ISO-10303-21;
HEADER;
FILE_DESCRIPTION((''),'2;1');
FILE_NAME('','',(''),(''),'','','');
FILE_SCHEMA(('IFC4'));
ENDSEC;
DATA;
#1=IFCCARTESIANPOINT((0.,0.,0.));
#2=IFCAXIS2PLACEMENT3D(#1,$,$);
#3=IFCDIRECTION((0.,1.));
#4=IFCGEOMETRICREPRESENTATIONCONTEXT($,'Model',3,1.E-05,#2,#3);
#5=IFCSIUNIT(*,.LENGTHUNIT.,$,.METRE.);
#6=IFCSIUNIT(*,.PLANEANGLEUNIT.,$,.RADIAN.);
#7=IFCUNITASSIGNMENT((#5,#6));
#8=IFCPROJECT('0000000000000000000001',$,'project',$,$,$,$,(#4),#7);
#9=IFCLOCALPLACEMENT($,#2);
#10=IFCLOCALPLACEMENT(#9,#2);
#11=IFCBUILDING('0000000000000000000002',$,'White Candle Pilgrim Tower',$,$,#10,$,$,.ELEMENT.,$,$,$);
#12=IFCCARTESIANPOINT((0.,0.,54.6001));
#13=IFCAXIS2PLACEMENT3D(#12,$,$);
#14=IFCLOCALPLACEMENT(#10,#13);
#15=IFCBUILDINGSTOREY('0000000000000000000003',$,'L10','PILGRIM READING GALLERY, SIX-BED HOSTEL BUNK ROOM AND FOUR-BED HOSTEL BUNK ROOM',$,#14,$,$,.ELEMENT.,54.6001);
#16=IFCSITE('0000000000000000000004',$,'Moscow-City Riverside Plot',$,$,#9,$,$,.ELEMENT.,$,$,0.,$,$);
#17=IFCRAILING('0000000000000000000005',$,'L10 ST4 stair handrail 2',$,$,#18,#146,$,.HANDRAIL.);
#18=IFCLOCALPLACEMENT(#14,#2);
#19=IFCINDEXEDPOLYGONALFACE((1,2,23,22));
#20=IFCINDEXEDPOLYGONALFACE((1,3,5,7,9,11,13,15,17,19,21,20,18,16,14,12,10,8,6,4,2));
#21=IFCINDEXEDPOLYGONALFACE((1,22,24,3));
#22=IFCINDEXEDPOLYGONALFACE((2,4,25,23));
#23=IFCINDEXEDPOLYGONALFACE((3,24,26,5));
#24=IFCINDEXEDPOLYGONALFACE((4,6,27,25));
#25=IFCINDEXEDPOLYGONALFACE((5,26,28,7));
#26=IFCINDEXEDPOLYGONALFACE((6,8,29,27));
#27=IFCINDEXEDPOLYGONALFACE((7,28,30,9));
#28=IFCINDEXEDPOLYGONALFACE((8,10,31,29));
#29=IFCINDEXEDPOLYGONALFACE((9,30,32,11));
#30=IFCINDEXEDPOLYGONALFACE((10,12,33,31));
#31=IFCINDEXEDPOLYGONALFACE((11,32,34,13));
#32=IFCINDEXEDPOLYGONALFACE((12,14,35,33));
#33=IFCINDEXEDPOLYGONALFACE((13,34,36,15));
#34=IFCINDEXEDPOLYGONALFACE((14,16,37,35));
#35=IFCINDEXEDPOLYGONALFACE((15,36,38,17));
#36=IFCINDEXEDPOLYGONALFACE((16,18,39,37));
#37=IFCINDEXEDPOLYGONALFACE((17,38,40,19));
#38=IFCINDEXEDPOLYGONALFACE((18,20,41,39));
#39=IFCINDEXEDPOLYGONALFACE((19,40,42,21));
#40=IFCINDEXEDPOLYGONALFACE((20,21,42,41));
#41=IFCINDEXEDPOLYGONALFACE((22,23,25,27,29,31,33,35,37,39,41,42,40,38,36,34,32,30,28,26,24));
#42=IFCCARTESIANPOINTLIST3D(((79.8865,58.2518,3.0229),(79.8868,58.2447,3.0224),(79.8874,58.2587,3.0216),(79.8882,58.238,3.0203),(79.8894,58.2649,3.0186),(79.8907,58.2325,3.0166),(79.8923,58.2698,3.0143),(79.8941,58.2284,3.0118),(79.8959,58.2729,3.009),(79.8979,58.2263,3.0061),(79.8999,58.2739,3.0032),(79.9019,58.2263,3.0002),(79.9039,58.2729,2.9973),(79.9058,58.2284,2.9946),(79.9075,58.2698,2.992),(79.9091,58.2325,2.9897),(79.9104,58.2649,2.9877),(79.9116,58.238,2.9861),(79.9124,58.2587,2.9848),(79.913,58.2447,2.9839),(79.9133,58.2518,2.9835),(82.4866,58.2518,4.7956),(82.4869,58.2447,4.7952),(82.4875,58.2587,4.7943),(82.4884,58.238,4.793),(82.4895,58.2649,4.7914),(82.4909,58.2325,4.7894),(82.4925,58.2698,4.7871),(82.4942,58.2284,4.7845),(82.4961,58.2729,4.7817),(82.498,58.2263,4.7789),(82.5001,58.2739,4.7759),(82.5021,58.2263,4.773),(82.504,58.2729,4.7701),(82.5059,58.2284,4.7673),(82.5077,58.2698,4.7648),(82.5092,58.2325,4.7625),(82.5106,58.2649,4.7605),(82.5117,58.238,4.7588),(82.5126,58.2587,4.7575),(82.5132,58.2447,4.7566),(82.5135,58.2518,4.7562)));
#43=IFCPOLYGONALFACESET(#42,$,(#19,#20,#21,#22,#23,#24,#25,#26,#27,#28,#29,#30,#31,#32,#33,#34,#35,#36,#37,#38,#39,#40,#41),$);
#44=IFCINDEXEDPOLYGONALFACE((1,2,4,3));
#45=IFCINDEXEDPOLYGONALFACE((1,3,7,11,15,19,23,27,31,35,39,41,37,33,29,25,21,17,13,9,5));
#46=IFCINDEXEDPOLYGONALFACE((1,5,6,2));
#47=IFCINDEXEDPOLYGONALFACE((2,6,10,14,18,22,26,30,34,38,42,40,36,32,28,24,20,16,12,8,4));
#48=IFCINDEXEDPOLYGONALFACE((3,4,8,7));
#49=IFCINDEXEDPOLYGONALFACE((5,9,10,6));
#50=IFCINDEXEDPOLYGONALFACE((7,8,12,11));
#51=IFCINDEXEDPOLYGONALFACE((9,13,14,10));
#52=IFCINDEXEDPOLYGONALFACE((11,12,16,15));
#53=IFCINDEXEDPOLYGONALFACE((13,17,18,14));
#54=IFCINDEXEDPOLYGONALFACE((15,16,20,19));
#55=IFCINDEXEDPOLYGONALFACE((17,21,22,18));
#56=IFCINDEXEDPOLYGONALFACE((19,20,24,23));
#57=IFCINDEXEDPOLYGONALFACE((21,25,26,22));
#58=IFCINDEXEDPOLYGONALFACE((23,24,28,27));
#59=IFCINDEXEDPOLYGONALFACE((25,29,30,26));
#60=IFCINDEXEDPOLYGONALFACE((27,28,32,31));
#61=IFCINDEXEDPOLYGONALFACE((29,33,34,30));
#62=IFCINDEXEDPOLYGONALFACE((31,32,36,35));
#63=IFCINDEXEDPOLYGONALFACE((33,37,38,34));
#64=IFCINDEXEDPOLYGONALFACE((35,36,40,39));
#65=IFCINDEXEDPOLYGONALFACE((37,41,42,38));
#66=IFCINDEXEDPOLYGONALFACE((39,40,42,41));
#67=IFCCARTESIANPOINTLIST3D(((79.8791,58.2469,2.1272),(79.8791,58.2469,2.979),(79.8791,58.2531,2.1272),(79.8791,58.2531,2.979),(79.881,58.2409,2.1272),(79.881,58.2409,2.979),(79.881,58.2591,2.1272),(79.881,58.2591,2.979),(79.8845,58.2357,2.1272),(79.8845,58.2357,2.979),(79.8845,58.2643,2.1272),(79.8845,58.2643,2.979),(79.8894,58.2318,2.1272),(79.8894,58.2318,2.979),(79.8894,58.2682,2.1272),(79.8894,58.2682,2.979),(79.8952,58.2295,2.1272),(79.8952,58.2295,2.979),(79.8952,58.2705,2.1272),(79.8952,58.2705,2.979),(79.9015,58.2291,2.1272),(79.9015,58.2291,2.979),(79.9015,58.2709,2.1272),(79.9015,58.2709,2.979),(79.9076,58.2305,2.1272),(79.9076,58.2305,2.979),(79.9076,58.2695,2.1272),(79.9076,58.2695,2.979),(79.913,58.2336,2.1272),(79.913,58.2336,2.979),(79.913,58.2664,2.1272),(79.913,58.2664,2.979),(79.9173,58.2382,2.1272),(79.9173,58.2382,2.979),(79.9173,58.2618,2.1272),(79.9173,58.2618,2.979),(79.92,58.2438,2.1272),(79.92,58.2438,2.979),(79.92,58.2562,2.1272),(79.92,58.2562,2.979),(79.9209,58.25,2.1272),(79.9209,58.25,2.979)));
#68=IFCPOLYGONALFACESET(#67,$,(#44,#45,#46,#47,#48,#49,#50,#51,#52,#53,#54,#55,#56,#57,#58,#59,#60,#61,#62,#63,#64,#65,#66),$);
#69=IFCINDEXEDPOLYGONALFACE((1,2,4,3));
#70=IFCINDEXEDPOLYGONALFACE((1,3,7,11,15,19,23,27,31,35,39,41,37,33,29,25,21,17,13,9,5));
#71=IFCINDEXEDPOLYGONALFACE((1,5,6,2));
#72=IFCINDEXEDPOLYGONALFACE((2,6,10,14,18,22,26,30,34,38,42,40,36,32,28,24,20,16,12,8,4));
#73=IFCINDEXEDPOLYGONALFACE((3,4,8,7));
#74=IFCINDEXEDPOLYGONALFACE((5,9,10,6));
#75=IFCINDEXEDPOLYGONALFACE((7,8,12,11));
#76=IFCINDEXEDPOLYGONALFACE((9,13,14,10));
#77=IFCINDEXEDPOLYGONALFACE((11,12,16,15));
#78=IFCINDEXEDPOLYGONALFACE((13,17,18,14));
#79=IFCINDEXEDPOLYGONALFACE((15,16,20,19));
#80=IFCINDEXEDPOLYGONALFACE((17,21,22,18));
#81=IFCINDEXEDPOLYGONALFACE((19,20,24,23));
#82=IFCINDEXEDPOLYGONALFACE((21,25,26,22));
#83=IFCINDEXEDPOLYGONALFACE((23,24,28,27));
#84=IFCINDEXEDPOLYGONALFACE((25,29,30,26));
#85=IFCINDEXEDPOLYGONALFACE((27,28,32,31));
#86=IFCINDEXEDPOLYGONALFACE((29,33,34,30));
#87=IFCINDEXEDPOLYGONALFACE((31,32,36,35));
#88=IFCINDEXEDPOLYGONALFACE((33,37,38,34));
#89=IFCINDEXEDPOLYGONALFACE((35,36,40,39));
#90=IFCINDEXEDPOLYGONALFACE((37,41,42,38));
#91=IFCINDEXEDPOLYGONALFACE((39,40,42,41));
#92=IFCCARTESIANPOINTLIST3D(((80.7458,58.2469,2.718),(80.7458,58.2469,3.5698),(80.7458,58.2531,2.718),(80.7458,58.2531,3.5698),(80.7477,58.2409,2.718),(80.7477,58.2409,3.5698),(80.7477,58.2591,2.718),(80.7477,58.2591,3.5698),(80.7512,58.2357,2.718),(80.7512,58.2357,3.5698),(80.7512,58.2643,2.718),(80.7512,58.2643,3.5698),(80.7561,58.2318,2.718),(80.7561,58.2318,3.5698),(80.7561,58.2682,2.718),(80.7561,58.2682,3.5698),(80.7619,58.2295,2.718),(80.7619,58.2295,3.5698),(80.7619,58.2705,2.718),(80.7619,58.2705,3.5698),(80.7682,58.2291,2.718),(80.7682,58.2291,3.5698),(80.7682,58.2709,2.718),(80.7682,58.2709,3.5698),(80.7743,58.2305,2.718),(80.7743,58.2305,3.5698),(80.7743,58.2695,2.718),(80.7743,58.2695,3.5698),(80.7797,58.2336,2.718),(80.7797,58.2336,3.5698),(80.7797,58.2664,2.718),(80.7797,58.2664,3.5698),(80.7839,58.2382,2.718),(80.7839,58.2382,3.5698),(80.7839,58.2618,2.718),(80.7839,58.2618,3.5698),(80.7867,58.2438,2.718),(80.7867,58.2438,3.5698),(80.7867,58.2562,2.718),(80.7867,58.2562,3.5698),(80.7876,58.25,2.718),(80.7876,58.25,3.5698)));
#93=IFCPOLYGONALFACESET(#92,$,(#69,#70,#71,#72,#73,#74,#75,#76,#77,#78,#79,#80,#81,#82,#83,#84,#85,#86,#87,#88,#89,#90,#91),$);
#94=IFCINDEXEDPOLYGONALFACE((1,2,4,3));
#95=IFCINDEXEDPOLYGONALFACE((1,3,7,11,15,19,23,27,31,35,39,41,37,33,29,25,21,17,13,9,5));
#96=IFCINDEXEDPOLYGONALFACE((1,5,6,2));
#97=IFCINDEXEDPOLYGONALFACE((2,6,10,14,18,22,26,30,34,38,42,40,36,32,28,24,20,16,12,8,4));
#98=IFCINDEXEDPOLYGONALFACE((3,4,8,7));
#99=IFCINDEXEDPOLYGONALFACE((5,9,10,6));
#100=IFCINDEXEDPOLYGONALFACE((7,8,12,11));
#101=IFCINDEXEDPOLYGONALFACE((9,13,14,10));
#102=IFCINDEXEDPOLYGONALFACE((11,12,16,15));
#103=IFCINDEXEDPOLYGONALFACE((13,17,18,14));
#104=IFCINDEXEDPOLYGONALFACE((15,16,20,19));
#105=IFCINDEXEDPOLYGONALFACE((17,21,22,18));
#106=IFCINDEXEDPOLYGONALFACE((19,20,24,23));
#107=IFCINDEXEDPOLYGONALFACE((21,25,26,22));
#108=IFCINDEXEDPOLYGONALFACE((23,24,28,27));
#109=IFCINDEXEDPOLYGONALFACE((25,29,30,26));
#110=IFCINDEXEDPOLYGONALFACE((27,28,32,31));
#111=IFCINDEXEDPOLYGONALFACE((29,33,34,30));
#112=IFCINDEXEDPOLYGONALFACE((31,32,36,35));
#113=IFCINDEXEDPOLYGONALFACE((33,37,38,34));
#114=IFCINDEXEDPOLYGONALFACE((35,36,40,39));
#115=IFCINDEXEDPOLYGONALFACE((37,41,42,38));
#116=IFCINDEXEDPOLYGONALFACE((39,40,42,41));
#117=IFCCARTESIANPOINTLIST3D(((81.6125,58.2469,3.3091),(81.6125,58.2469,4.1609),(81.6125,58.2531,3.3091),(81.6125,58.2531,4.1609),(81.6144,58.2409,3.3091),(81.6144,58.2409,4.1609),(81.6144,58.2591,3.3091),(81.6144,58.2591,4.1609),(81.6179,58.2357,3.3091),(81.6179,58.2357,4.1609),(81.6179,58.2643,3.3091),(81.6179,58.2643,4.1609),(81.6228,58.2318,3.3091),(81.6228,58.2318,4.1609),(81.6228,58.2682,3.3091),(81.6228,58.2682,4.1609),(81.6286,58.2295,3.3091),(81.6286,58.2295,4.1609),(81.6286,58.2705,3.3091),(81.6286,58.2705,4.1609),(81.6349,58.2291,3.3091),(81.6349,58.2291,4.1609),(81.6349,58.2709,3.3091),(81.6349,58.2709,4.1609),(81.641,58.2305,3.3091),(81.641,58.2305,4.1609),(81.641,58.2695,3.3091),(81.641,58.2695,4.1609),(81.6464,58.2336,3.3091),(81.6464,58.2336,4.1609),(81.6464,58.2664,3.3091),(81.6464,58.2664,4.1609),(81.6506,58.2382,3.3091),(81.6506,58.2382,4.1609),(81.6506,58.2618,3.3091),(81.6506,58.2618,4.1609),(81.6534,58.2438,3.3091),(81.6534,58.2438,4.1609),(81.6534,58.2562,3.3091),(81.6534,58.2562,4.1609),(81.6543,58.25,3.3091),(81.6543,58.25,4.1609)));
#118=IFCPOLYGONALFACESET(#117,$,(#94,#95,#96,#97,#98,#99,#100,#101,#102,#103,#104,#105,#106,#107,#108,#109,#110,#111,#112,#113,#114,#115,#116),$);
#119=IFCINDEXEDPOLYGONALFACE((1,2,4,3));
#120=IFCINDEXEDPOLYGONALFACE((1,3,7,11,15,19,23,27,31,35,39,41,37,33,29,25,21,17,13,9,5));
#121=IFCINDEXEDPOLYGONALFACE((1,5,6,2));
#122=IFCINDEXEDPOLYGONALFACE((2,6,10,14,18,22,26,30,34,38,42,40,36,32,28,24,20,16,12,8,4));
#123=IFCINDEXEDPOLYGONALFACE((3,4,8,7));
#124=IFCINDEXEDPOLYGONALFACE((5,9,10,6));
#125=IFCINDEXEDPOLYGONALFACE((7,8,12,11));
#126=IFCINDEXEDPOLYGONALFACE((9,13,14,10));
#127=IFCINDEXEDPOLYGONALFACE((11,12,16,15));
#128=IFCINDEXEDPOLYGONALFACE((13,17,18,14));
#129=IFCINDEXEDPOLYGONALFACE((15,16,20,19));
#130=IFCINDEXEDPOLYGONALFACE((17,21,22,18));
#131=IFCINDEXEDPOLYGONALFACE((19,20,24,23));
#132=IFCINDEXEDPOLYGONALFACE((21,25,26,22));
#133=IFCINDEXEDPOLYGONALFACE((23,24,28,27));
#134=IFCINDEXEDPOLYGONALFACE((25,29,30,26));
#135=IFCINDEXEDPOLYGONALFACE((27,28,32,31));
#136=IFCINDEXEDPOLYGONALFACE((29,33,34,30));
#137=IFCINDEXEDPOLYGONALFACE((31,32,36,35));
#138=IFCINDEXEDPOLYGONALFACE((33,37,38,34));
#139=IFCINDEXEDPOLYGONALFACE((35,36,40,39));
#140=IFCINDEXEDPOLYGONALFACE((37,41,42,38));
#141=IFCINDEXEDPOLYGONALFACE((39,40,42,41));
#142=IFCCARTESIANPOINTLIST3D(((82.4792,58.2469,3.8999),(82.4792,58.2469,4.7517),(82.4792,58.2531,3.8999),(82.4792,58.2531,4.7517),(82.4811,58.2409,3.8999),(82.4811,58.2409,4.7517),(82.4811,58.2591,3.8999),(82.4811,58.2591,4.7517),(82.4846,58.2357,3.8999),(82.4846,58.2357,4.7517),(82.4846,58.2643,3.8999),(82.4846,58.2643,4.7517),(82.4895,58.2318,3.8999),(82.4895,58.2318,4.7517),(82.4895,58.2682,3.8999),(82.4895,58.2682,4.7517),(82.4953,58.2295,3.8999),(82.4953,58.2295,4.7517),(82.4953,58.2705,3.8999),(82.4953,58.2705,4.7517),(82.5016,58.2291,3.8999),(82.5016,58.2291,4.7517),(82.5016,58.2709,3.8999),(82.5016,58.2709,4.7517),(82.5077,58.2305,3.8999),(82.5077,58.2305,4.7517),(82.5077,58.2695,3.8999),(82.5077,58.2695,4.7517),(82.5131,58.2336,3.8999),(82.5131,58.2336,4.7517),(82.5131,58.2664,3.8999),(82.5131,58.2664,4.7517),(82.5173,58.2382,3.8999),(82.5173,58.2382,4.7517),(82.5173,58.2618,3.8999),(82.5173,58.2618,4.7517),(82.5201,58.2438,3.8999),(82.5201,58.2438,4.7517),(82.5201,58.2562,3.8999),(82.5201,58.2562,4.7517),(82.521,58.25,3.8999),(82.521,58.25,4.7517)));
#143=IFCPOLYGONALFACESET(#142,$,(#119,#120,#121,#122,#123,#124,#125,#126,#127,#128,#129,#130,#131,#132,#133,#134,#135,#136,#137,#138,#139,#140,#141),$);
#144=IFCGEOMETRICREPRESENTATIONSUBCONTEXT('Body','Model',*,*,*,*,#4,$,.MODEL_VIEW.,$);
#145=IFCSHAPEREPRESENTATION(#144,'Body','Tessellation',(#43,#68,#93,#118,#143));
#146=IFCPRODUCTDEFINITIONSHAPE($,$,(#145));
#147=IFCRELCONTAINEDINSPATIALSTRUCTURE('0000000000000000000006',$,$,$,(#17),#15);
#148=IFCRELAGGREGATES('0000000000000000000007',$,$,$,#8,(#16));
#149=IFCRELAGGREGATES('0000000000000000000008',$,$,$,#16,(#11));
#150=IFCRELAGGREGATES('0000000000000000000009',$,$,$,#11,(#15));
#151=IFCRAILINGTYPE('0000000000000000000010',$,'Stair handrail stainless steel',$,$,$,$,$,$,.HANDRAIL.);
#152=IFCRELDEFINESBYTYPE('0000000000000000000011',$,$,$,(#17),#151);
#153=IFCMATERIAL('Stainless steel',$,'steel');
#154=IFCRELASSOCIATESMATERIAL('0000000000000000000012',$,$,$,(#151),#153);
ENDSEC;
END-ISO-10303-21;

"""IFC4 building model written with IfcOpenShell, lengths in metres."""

from ifc_helpers import new_model, si_unit, direction, frame, origin, origin_2d, place, context, subcontext, project, spatial, circle, extrude, material, type_object, element, save


model = new_model("IFC4")

# Units and contexts
model_context = context("Model", 3, precision=1e-05, world=origin(), true_north=direction((0.0, 1.0)))
body_context = subcontext(model_context, "Body", "Model", "MODEL_VIEW")
ifc_project = project(units=[si_unit("LENGTHUNIT", "METRE"), si_unit("PLANEANGLEUNIT", "RADIAN")], contexts=[model_context])

# Site, building, storey
site_placement = place(None, origin())
site = spatial("IfcSite", under=ifc_project, at=site_placement, Name="Moscow-City Riverside Plot", CompositionType="ELEMENT", RefElevation=0.0)
building_placement = place(site_placement, origin())
building = spatial("IfcBuilding", under=site, at=building_placement, Name="White Candle Pilgrim Tower", CompositionType="ELEMENT")
storey_placement = place(building_placement, frame((0.0, 0.0, 54.6001)))
storey = spatial("IfcBuildingStorey", under=building, at=storey_placement, Name="L10", Description="PILGRIM READING GALLERY, SIX-BED HOSTEL BUNK ROOM AND FOUR-BED HOSTEL BUNK ROOM", CompositionType="ELEMENT", Elevation=54.6001)

# Railing
ifc_material_1 = material(Name="Stainless steel", Category="steel")
railing_type_1 = type_object("IfcRailingType", Name="Stair handrail stainless steel", PredefinedType="HANDRAIL", material=ifc_material_1)
railing_1_placement = place(storey_placement, frame((79.8999, 58.25, 2.1272)))
element("IfcRailing", 1, at=railing_1_placement, inside=storey, type_object=railing_type_1, Name="L10 ST4 stair handrail 2", PredefinedType="HANDRAIL", context=body_context, shape_type="SweptSolid", body=[
    extrude(circle(Radius=0.0239, at=origin_2d()), frame((0.0, 0.0, 0.876), z_axis=(0.82624, 0.0, 0.563318), x_axis=(0.0, 1.0, 0.0)), (0.0, 0.0, 1.0), 3.147),
    extrude(circle(Radius=0.021, at=origin_2d()), origin(), (0.0, 0.0, 1.0), 0.8518),
    extrude(circle(Radius=0.021, at=origin_2d()), frame((0.8667, 0.0, 0.5908)), (0.0, 0.0, 1.0), 0.8518),
    extrude(circle(Radius=0.021, at=origin_2d()), frame((1.7334, 0.0, 1.1819)), (0.0, 0.0, 1.0), 0.8518),
    extrude(circle(Radius=0.021, at=origin_2d()), frame((2.6001, 0.0, 1.7727)), (0.0, 0.0, 1.0), 0.8518),
])

save(model, "model.ifc")
